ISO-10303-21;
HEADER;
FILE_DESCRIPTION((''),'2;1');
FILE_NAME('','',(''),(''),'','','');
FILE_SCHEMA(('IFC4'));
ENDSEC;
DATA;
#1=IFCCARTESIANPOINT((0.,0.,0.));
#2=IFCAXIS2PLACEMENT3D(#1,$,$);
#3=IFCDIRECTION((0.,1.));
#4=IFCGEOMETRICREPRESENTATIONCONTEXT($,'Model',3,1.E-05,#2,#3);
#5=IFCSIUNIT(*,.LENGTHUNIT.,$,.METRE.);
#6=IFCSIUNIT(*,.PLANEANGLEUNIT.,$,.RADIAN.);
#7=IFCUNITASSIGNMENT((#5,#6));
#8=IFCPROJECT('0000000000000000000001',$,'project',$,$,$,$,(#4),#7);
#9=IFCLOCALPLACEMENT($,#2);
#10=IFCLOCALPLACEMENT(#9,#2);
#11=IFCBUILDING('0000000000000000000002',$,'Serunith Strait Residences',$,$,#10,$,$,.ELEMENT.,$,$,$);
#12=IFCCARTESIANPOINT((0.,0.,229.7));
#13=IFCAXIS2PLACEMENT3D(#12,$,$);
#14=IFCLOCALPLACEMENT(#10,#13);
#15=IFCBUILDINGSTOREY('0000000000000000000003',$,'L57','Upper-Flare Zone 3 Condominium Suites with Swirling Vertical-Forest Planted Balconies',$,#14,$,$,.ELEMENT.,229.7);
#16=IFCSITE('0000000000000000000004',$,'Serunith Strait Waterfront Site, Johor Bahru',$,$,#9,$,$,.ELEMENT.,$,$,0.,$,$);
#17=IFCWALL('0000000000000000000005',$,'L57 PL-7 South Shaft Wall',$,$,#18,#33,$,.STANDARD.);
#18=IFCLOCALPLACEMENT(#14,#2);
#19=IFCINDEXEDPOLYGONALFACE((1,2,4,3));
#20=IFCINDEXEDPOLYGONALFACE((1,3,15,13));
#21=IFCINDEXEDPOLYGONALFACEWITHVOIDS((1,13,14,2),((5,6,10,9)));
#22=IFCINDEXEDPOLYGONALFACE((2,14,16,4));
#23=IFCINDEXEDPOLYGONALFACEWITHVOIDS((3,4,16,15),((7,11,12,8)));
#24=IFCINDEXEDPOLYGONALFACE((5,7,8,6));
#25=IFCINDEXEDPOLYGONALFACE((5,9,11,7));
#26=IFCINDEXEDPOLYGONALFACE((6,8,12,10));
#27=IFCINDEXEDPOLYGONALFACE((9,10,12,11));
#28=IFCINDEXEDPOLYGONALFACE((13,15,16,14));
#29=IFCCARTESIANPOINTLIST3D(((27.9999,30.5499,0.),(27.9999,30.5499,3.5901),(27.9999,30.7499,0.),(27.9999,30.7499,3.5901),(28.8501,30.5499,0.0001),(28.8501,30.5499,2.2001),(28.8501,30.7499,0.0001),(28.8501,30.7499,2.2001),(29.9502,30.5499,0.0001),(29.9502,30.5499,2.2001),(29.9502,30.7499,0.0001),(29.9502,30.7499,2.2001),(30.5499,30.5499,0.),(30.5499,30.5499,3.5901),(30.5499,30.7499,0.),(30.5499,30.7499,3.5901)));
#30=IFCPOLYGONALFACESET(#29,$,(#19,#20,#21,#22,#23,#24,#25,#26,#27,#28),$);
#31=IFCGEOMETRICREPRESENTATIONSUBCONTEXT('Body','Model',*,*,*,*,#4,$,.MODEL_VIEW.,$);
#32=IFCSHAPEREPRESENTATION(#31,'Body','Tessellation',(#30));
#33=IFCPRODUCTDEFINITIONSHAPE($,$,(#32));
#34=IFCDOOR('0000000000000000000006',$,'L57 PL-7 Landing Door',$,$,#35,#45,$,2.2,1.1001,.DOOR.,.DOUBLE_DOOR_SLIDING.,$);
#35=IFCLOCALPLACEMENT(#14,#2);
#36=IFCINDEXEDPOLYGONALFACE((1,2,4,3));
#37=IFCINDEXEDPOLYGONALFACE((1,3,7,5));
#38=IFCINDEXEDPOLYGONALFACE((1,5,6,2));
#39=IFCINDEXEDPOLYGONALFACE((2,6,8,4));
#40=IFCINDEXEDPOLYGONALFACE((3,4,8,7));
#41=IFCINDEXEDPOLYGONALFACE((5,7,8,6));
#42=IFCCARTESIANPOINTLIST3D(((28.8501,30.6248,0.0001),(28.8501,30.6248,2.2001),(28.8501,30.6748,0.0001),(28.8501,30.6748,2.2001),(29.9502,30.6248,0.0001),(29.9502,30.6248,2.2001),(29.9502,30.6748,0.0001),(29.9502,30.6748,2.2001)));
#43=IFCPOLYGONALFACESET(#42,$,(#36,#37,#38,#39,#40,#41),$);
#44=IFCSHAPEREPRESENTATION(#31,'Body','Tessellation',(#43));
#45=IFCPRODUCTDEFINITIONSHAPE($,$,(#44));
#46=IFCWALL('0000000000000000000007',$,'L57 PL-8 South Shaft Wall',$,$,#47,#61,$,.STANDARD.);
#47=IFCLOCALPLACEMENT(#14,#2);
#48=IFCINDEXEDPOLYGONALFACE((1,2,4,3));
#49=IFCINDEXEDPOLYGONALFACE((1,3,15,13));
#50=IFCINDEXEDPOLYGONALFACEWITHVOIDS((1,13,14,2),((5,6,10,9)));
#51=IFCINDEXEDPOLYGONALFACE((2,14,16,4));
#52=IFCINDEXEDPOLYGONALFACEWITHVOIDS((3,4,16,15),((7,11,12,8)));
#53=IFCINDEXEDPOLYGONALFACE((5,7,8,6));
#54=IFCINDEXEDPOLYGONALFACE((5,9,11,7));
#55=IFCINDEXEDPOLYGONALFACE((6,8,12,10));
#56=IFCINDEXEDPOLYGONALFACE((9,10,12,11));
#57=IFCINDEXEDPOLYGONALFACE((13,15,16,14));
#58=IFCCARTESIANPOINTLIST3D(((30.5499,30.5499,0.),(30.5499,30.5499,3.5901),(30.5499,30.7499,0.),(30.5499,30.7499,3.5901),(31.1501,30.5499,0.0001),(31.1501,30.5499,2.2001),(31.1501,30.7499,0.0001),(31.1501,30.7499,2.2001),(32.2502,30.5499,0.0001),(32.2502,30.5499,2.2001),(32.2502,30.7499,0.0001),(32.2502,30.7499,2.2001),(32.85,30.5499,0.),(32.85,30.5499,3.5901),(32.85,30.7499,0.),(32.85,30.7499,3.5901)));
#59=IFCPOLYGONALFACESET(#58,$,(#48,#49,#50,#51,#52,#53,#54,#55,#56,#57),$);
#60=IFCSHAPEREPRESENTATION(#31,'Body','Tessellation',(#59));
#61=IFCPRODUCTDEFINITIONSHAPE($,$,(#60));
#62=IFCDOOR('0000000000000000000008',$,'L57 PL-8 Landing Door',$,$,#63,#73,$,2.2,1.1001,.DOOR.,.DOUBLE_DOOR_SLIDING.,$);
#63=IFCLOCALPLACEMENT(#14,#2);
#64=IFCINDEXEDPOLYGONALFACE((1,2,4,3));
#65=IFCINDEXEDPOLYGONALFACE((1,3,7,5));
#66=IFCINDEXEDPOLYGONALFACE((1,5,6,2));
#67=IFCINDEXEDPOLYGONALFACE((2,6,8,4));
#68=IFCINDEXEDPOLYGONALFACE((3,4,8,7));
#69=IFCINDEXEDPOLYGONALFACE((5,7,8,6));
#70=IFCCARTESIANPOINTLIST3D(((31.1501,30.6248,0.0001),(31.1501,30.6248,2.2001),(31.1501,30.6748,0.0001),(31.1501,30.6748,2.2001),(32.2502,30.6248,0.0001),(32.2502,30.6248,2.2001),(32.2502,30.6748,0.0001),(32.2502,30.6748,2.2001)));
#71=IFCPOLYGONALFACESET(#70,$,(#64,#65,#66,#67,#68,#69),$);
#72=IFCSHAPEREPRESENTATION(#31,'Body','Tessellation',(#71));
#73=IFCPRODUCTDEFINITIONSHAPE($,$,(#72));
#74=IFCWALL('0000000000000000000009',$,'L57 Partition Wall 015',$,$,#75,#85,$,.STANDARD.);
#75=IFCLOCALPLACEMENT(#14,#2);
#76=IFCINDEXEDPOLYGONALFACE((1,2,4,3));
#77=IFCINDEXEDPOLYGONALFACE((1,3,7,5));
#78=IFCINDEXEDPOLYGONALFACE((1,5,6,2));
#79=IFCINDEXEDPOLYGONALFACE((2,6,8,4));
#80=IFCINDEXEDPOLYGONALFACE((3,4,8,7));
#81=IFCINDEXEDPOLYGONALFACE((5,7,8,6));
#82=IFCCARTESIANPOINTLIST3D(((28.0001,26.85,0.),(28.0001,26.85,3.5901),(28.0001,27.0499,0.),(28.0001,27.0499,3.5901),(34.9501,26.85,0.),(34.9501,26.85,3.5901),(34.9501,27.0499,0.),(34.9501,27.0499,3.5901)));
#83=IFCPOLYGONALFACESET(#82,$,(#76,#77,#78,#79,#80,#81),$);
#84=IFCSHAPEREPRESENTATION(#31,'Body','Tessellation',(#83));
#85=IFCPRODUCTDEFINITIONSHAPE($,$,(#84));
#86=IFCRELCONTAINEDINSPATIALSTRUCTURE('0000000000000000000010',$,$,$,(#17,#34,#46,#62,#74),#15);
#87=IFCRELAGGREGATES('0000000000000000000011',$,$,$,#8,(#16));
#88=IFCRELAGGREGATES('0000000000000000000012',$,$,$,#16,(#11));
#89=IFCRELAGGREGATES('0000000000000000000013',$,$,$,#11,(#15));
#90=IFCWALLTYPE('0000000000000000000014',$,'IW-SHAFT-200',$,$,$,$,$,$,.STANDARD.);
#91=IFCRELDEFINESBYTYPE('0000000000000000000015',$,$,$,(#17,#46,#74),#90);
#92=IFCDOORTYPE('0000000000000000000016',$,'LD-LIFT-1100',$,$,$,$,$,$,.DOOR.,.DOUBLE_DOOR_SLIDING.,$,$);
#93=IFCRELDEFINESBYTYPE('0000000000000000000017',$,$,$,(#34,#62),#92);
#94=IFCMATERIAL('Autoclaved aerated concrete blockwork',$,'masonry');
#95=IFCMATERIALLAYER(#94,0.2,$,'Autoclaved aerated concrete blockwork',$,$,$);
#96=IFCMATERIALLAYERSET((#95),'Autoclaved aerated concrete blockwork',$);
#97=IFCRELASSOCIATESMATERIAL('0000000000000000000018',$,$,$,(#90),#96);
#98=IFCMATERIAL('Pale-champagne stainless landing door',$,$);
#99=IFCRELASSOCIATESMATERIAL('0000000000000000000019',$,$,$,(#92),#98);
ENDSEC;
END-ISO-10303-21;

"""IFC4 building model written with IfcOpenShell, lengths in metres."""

from ifc_helpers import new_model, si_unit, direction, frame, frame_2d, origin, place, context, subcontext, project, spatial, rectangle, extrude, source, transform, mapped, material, layer, layer_set, type_object, element, fill, save


model = new_model("IFC4")

# Units and contexts
model_context = context("Model", 3, precision=1e-05, world=origin(), true_north=direction((0.0, 1.0)))
body_context = subcontext(model_context, "Body", "Model", "MODEL_VIEW")
ifc_project = project(units=[si_unit("LENGTHUNIT", "METRE"), si_unit("PLANEANGLEUNIT", "RADIAN")], contexts=[model_context])

# Site, building, storey
site_placement = place(None, origin())
site = spatial("IfcSite", under=ifc_project, at=site_placement, Name="Serunith Strait Waterfront Site, Johor Bahru", CompositionType="ELEMENT", RefElevation=0.0)
building_placement = place(site_placement, origin())
building = spatial("IfcBuilding", under=site, at=building_placement, Name="Serunith Strait Residences", CompositionType="ELEMENT")
storey_placement = place(building_placement, frame((0.0, 0.0, 229.7)))
storey = spatial("IfcBuildingStorey", under=building, at=storey_placement, Name="L57", Description="Upper-Flare Zone 3 Condominium Suites with Swirling Vertical-Forest Planted Balconies", CompositionType="ELEMENT", Elevation=229.7)

# Walls, openings, doors
ifc_material_1 = material(Name="Autoclaved aerated concrete blockwork", Category="masonry")
ifc_layer_1 = layer(ifc_material_1, 0.2, Name="Autoclaved aerated concrete blockwork")
ifc_layer_set_1 = layer_set([ifc_layer_1], Name="Autoclaved aerated concrete blockwork")
wall_type_1 = type_object("IfcWallType", Name="IW-SHAFT-200", PredefinedType="STANDARD", material=ifc_layer_set_1)
wall_1_placement = place(storey_placement, frame((28.0, 30.6499, 0.0), z_axis=(0.0, 0.0, 1.0), x_axis=(1.0, 0.0, 0.0)))
wall_1 = element("IfcWall", 1, at=wall_1_placement, inside=storey, type_object=wall_type_1, Name="L57 PL-7 South Shaft Wall", PredefinedType="STANDARD", context=body_context, shape_type="SweptSolid", body=[
    extrude(rectangle(XDim=2.55, YDim=0.2, at=frame_2d((1.2749, 0.0))), origin(), (0.0, 0.0, 1.0), 3.5901),
])
opening_1_placement = place(wall_1_placement, frame((0.8501, 0.0, 0.0)))
opening_1 = element("IfcOpeningElement", 2, at=opening_1_placement, cuts=wall_1, PredefinedType="OPENING", context=body_context, shape_type="SweptSolid", body=[
    extrude(rectangle(XDim=1.1001, YDim=2.2, at=frame_2d((0.55, 1.1001))), frame((0.0, 0.1099, 0.0), z_axis=(0.0, -1.0, 0.0), x_axis=(1.0, 0.0, 0.0)), (0.0, 0.0, 1.0), 0.22),
])
ifc_material_2 = material(Name="Pale-champagne stainless landing door")
door_type_1 = type_object("IfcDoorType", Name="LD-LIFT-1100", OperationType="DOUBLE_DOOR_SLIDING", PredefinedType="DOOR", material=ifc_material_2)
shared_shape_1 = source(origin(), body_context, "Body", "SweptSolid", [
    extrude(rectangle(XDim=1.1001, YDim=2.2, at=frame_2d((0.55, 1.1001))), frame((0.0, 0.0249, 0.0), z_axis=(0.0, -1.0, 0.0), x_axis=(1.0, 0.0, 0.0)), (0.0, 0.0, 1.0), 0.05),
])
door_1_placement = place(opening_1_placement, origin())
door_1 = element("IfcDoor", 3, at=door_1_placement, inside=storey, type_object=door_type_1, Name="L57 PL-7 Landing Door", OperationType="DOUBLE_DOOR_SLIDING", OverallHeight=2.2, OverallWidth=1.1001, PredefinedType="DOOR", context=body_context, shape_type="MappedRepresentation", body=[
    mapped(shared_shape_1, transform((0.0, 0.0, 0.0), scale=1.0)),
])
fill(opening_1, door_1)
wall_2_placement = place(storey_placement, frame((30.55, 30.6499, 0.0), z_axis=(0.0, 0.0, 1.0), x_axis=(1.0, 0.0, 0.0)))
wall_2 = element("IfcWall", 4, at=wall_2_placement, inside=storey, type_object=wall_type_1, Name="L57 PL-8 South Shaft Wall", PredefinedType="STANDARD", context=body_context, shape_type="SweptSolid", body=[
    extrude(rectangle(XDim=2.3, YDim=0.2, at=frame_2d((1.1499, 0.0))), origin(), (0.0, 0.0, 1.0), 3.5901),
])
opening_2_placement = place(wall_2_placement, frame((0.6001, 0.0, 0.0)))
opening_2 = element("IfcOpeningElement", 5, at=opening_2_placement, cuts=wall_2, PredefinedType="OPENING", context=body_context, shape_type="SweptSolid", body=[
    extrude(rectangle(XDim=1.1001, YDim=2.2, at=frame_2d((0.55, 1.1001))), frame((0.0, 0.1099, 0.0), z_axis=(0.0, -1.0, 0.0), x_axis=(1.0, 0.0, 0.0)), (0.0, 0.0, 1.0), 0.22),
])
door_2_placement = place(opening_2_placement, origin())
door_2 = element("IfcDoor", 6, at=door_2_placement, inside=storey, type_object=door_type_1, Name="L57 PL-8 Landing Door", OperationType="DOUBLE_DOOR_SLIDING", OverallHeight=2.2, OverallWidth=1.1001, PredefinedType="DOOR", context=body_context, shape_type="MappedRepresentation", body=[
    mapped(shared_shape_1, transform((0.0, 0.0, 0.0), scale=1.0)),
])
fill(opening_2, door_2)

# Wall
wall_3_placement = place(storey_placement, frame((28.0, 26.95, 0.0), z_axis=(0.0, 0.0, 1.0), x_axis=(1.0, 0.0, 0.0)))
element("IfcWall", 7, at=wall_3_placement, inside=storey, type_object=wall_type_1, Name="L57 Partition Wall 015", PredefinedType="STANDARD", context=body_context, shape_type="SweptSolid", body=[
    extrude(rectangle(XDim=6.95, YDim=0.2, at=frame_2d((3.4751, 0.0))), origin(), (0.0, 0.0, 1.0), 3.5901),
])

save(model, "model.ifc")
